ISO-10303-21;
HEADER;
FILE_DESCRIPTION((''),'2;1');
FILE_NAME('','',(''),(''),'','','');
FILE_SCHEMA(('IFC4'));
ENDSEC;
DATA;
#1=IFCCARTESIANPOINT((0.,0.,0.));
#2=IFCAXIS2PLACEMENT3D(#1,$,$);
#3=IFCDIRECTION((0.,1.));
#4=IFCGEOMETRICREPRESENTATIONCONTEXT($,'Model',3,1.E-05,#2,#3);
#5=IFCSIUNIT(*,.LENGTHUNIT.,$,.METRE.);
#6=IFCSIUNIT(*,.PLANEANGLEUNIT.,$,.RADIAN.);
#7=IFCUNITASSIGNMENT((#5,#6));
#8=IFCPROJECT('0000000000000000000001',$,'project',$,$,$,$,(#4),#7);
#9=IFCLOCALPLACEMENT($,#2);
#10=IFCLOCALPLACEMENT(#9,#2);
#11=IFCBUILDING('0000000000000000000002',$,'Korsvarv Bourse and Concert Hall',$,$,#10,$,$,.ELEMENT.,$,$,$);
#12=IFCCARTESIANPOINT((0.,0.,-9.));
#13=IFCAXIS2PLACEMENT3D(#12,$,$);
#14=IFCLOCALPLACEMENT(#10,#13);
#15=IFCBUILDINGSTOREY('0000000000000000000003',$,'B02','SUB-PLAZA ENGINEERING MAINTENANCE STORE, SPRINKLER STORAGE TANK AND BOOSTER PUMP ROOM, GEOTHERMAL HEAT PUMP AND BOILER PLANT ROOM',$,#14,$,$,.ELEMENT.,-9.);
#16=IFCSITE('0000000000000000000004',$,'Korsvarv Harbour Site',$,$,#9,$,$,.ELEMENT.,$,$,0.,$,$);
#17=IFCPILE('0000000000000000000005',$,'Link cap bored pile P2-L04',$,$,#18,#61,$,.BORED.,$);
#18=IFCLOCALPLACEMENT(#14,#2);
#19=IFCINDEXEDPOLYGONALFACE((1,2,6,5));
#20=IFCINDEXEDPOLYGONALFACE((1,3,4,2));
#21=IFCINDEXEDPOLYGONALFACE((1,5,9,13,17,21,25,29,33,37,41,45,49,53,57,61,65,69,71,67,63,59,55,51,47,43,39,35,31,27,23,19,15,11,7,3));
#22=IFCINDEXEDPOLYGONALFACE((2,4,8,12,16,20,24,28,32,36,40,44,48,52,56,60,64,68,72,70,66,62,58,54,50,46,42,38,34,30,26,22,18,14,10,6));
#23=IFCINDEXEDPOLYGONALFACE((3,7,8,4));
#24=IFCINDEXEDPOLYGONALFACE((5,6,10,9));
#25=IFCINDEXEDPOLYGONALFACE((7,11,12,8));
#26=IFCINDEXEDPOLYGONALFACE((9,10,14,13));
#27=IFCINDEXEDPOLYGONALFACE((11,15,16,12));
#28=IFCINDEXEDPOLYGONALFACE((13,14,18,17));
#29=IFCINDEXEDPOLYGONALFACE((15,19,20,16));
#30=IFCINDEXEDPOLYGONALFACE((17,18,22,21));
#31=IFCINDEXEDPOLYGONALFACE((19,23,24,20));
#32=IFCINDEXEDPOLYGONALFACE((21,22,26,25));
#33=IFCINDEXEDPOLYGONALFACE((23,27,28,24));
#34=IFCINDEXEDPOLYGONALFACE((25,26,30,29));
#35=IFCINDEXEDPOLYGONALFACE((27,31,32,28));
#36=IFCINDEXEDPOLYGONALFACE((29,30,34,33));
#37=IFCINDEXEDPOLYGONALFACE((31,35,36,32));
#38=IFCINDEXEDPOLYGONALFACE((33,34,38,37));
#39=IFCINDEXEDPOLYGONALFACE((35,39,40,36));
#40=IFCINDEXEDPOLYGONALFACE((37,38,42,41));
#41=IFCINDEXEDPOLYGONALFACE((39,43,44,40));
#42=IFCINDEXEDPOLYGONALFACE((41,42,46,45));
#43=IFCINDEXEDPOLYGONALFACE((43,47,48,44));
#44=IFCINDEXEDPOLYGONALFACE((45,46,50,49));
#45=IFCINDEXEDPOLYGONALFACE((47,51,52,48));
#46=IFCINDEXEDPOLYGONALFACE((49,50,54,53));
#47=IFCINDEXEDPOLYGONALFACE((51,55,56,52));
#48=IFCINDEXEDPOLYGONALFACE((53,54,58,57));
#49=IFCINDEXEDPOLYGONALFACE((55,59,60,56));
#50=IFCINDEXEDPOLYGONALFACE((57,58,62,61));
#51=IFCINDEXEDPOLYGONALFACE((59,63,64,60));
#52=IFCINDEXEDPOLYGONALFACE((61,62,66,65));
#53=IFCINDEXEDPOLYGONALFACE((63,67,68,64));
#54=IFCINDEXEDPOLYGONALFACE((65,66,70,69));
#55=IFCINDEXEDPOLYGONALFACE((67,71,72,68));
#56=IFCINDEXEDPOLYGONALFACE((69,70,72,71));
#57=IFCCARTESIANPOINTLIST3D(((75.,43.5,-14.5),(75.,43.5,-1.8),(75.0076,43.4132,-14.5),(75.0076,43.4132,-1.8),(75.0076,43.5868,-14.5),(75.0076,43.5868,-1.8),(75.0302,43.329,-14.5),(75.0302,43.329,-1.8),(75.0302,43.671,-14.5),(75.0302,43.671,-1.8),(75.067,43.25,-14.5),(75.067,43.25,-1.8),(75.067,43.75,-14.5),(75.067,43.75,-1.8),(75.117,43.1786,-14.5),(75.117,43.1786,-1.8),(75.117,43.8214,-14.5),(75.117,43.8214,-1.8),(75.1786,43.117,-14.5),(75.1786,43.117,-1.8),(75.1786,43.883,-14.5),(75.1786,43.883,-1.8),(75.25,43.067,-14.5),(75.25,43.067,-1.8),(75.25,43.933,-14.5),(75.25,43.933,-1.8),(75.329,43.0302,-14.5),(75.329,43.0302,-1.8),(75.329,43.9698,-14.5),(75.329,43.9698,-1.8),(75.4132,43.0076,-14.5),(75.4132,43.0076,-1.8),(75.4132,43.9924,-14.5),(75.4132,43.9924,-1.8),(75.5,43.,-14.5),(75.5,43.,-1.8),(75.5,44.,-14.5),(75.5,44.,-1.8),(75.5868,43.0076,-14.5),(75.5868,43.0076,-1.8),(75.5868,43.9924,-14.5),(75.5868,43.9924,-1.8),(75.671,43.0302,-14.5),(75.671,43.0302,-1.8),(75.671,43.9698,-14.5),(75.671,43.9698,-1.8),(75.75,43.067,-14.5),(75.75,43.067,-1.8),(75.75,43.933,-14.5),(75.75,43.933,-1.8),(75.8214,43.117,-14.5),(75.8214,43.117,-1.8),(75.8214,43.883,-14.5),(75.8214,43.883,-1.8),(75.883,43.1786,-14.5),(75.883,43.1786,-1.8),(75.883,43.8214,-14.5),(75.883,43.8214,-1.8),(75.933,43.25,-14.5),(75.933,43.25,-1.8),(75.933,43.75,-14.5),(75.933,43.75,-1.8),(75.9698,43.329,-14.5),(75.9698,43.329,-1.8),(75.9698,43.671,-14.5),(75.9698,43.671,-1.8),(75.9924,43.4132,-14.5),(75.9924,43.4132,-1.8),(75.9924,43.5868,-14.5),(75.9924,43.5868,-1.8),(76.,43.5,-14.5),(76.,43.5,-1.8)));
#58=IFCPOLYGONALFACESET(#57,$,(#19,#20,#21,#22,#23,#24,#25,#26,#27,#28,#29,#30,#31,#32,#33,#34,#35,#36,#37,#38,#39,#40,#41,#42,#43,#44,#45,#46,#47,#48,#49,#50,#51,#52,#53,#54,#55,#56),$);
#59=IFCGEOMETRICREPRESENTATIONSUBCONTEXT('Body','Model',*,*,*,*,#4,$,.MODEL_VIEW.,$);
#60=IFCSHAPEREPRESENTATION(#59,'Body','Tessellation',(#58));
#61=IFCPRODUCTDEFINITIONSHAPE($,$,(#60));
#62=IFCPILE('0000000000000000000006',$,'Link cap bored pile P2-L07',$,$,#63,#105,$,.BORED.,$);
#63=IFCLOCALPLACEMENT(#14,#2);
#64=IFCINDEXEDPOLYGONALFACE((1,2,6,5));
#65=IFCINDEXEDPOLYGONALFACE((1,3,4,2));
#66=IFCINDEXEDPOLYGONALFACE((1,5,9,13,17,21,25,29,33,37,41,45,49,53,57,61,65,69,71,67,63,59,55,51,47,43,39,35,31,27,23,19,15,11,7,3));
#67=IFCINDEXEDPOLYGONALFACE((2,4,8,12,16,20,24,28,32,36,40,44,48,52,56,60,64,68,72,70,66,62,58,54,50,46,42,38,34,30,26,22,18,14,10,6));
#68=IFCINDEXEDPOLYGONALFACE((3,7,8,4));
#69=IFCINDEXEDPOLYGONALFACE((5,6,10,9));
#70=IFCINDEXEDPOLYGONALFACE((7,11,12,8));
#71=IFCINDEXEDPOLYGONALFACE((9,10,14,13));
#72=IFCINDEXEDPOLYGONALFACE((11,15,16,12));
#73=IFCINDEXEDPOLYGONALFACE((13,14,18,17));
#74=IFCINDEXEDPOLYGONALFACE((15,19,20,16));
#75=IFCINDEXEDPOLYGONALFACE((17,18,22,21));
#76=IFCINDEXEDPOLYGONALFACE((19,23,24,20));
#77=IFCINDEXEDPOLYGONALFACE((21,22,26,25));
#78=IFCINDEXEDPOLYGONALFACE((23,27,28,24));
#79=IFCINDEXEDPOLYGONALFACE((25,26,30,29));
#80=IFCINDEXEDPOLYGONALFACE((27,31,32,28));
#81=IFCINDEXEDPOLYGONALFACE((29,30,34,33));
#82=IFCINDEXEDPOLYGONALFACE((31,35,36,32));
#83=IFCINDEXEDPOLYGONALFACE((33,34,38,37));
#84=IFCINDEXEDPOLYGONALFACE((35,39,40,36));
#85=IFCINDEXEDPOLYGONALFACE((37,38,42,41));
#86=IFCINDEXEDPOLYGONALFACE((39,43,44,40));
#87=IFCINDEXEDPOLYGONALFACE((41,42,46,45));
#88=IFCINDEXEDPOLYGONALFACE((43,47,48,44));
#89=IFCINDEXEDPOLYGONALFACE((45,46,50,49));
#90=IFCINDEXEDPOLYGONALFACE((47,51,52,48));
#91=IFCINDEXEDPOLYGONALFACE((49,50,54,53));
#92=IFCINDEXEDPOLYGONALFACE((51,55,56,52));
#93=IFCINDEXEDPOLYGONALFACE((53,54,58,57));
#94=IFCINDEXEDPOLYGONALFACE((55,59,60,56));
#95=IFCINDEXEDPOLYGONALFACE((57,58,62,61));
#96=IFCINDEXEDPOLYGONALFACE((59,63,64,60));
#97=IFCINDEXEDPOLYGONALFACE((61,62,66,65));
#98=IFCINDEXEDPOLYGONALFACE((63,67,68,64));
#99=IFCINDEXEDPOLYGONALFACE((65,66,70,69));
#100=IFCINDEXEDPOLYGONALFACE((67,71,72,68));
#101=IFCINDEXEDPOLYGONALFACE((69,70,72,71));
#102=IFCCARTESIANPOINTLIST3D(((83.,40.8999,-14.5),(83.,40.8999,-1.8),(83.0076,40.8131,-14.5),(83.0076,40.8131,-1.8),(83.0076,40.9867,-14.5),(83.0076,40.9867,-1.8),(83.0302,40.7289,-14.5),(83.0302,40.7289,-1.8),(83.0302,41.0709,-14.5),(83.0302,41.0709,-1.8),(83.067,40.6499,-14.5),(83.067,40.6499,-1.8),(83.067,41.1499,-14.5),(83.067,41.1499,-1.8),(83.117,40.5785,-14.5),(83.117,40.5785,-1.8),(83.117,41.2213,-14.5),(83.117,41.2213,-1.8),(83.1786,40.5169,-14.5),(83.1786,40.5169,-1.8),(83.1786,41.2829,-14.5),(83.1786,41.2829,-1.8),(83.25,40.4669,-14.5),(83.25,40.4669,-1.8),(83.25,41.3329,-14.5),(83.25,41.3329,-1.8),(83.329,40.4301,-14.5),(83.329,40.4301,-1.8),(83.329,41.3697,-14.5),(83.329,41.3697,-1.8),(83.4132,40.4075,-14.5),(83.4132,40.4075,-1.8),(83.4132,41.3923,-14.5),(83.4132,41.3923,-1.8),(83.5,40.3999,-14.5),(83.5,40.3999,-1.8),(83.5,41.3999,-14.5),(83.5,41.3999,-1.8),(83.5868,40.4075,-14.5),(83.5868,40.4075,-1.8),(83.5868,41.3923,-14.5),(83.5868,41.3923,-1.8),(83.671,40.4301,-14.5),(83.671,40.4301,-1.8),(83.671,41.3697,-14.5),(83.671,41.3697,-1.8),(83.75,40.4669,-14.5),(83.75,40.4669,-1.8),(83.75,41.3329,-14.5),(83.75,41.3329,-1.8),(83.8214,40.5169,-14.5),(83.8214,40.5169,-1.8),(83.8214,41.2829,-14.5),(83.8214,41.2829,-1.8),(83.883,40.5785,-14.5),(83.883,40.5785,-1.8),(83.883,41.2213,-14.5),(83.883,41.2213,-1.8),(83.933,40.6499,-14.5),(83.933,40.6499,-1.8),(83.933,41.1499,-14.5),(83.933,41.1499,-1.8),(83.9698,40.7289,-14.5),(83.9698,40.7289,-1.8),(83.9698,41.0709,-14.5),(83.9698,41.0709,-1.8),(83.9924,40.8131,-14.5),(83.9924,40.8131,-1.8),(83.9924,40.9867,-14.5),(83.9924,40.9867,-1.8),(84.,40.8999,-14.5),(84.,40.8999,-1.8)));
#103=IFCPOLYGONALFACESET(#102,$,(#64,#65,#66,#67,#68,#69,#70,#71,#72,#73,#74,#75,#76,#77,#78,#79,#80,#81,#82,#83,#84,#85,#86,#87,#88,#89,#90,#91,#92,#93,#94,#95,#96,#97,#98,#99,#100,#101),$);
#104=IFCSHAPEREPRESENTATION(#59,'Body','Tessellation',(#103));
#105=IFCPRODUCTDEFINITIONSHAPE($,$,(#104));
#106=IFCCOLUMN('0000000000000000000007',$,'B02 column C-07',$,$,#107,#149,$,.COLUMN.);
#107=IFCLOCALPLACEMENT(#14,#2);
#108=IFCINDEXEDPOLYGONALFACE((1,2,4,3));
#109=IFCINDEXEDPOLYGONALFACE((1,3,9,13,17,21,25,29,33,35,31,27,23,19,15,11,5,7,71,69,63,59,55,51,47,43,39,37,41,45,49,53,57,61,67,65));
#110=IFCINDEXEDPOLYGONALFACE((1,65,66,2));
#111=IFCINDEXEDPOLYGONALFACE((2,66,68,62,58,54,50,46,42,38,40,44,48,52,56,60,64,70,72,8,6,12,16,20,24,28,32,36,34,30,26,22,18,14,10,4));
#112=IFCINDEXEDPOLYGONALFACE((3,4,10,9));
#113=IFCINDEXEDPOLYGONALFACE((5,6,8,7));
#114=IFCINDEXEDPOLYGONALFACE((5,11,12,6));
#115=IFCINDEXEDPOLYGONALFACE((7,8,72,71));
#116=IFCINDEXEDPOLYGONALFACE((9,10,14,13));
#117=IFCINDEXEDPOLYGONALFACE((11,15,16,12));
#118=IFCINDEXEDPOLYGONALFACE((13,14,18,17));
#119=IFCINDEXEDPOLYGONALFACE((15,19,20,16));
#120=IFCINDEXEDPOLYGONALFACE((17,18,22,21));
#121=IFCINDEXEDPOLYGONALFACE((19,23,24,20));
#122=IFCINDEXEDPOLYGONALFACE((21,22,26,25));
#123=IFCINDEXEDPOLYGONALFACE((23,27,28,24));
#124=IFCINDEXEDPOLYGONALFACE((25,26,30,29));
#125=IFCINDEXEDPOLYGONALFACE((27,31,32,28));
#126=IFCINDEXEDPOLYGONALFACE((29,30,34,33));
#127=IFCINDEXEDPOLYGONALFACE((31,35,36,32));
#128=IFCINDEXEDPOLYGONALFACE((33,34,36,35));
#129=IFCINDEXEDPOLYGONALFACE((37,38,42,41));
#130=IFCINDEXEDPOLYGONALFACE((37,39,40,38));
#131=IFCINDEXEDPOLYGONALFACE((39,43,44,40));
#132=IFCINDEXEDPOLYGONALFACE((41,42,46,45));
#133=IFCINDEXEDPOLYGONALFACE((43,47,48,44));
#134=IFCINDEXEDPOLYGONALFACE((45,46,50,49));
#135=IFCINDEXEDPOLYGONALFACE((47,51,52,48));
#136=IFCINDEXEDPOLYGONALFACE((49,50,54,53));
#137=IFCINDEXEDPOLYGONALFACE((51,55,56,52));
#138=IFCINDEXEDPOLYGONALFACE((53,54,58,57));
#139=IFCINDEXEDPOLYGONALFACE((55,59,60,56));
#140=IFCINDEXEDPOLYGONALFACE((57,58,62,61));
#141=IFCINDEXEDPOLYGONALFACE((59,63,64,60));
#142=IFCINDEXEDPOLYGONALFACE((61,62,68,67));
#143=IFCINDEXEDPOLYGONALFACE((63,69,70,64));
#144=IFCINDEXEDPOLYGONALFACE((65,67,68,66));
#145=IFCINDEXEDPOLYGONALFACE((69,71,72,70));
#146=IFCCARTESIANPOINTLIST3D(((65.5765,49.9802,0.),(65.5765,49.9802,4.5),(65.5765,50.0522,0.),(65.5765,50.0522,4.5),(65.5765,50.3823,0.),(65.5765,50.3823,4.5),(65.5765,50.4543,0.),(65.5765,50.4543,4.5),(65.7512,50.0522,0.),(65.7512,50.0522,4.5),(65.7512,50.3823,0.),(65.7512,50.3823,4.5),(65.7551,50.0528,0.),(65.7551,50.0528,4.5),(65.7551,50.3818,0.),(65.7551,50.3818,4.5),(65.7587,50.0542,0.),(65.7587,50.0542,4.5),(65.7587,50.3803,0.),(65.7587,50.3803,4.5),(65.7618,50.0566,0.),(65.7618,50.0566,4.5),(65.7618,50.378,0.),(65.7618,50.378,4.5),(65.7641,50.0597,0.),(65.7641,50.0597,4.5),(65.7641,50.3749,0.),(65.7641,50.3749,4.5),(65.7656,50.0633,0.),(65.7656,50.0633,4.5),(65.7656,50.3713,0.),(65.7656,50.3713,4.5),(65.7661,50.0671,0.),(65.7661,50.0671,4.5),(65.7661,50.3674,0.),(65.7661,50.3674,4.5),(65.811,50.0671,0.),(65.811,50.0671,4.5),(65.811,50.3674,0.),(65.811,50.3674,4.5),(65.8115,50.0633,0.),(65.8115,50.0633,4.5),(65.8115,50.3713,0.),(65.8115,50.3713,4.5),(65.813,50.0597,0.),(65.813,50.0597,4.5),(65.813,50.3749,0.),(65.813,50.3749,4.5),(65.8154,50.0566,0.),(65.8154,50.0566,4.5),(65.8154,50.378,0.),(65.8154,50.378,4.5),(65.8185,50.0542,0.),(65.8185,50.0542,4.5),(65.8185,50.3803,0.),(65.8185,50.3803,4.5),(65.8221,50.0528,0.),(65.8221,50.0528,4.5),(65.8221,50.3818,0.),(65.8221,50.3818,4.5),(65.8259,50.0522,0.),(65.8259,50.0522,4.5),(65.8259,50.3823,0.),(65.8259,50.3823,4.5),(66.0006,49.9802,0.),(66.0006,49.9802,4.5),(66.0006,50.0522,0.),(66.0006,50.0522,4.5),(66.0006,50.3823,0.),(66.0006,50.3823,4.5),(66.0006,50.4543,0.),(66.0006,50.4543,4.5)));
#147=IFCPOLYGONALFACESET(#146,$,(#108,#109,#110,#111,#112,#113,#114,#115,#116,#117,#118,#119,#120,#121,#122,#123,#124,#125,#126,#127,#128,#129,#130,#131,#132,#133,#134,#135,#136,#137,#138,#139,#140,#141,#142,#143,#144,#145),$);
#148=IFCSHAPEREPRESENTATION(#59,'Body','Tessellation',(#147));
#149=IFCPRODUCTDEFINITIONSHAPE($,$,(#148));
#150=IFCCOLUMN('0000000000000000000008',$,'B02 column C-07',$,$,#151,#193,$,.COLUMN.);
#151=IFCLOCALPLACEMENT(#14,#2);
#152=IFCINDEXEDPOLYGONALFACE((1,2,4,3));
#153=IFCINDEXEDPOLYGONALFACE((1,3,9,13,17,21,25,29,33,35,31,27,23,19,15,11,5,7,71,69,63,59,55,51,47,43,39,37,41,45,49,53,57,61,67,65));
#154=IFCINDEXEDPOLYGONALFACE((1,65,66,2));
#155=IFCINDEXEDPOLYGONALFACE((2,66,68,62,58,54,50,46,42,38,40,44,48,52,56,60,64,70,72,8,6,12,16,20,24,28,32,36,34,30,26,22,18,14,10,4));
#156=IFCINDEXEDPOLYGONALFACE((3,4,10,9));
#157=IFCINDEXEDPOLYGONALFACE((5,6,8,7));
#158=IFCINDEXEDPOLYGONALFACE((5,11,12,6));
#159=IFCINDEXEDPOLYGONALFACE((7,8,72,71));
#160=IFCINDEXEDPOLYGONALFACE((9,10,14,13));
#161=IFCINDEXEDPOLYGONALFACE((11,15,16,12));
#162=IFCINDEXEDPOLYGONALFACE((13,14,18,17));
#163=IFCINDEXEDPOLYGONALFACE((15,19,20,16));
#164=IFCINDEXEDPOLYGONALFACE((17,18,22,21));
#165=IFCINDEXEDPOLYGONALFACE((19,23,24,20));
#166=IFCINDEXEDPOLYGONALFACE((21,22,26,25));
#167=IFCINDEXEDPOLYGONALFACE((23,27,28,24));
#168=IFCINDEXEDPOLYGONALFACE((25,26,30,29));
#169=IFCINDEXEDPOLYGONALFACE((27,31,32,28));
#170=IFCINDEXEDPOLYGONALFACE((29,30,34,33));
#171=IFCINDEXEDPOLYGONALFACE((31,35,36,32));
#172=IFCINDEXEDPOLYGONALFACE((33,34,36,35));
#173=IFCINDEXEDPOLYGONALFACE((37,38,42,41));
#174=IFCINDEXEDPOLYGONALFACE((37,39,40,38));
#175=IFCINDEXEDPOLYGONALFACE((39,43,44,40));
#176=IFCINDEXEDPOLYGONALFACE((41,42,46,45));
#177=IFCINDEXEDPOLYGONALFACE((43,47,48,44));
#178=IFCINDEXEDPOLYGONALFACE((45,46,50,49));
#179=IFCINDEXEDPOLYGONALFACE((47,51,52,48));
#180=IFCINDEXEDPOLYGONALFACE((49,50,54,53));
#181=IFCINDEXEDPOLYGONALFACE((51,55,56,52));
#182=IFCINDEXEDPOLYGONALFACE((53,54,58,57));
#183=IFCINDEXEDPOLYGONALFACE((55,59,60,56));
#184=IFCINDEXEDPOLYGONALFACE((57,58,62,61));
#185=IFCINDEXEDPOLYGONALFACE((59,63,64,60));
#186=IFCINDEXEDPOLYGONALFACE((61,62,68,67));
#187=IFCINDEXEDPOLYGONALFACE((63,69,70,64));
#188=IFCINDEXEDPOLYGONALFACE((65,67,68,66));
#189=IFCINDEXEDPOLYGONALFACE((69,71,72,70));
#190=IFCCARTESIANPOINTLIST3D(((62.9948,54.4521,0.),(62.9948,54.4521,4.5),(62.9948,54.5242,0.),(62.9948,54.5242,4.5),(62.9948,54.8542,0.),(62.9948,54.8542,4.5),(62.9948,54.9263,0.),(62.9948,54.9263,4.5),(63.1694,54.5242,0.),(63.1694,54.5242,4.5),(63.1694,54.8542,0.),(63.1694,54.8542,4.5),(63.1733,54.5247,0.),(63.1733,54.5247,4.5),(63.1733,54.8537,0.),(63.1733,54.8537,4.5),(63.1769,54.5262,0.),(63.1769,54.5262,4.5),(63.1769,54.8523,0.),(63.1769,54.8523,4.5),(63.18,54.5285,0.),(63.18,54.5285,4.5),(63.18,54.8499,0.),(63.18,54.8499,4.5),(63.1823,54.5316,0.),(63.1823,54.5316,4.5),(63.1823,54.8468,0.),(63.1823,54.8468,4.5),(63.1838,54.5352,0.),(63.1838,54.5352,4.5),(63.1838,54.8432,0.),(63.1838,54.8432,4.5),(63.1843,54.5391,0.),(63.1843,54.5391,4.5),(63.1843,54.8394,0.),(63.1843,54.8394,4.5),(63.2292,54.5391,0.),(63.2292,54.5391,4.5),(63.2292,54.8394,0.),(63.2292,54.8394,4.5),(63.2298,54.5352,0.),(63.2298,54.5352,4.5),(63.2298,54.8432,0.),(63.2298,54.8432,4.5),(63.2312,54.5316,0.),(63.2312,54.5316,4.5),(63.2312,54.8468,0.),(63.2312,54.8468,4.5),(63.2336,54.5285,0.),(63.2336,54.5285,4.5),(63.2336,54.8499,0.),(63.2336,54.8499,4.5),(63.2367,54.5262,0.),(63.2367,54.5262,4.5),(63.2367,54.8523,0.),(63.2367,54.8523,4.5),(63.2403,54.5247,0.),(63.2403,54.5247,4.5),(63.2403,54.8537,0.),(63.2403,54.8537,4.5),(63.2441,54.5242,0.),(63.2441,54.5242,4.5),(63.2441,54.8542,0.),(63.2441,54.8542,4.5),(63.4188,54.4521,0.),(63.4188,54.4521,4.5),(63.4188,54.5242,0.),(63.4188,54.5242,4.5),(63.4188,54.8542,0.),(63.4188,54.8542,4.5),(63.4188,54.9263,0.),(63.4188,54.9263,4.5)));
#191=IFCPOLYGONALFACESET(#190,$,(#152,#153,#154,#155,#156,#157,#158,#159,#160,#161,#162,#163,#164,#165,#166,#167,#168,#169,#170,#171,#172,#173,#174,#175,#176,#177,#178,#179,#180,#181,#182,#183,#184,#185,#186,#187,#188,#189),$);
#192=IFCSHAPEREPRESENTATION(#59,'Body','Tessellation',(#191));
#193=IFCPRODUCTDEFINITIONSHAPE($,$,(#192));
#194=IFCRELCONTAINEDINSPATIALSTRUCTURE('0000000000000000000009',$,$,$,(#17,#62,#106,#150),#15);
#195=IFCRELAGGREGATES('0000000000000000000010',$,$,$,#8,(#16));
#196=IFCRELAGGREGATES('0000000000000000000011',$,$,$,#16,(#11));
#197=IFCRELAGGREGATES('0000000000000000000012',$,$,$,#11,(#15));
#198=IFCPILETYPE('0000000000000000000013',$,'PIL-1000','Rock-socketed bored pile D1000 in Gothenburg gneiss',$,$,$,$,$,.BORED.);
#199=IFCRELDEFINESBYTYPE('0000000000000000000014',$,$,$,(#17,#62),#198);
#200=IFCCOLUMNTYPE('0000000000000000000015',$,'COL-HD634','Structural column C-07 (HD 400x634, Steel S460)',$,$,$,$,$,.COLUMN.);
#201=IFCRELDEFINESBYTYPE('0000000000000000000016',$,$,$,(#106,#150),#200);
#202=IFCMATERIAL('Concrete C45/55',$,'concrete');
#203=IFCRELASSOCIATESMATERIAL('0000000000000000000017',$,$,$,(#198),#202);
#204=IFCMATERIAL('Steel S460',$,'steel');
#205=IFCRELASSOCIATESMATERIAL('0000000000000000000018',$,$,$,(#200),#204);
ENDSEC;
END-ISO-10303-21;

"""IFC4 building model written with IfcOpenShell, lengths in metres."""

from ifc_helpers import new_model, si_unit, direction, frame, origin, origin_2d, place, context, subcontext, project, spatial, circle, i_section, extrude, source, transform, mapped, material, material_profile, profile_set, type_object, element, save


model = new_model("IFC4")

# Units and contexts
model_context = context("Model", 3, precision=1e-05, world=origin(), true_north=direction((0.0, 1.0)))
body_context = subcontext(model_context, "Body", "Model", "MODEL_VIEW")
ifc_project = project(units=[si_unit("LENGTHUNIT", "METRE"), si_unit("PLANEANGLEUNIT", "RADIAN")], contexts=[model_context])

# Site, building, storey
site_placement = place(None, origin())
site = spatial("IfcSite", under=ifc_project, at=site_placement, Name="Korsvarv Harbour Site", CompositionType="ELEMENT", RefElevation=0.0)
building_placement = place(site_placement, origin())
building = spatial("IfcBuilding", under=site, at=building_placement, Name="Korsvarv Bourse and Concert Hall", CompositionType="ELEMENT")
storey_placement = place(building_placement, frame((0.0, 0.0, -9.0)))
storey = spatial("IfcBuildingStorey", under=building, at=storey_placement, Name="B02", Description="SUB-PLAZA ENGINEERING MAINTENANCE STORE, SPRINKLER STORAGE TANK AND BOOSTER PUMP ROOM, GEOTHERMAL HEAT PUMP AND BOILER PLANT ROOM", CompositionType="ELEMENT", Elevation=-9.0)

# Shared definitions
ifc_material_1 = material(Name="Concrete C45/55", Category="concrete")

# Piles
ifc_material_profile_1 = material_profile(ifc_material_1, circle(Radius=0.5, at=origin_2d()), Name="PILE D1000")
ifc_profile_set_1 = profile_set([ifc_material_profile_1], Name="Concrete C45/55")
pile_type_1 = type_object("IfcPileType", Name="PIL-1000", Description="Rock-socketed bored pile D1000 in Gothenburg gneiss", PredefinedType="BORED", material=ifc_profile_set_1)
shared_shape_1 = source(origin(), body_context, "Body", "SweptSolid", [
    extrude(circle(Radius=0.5, at=origin_2d()), origin(), (0.0, 0.0, 1.0), 12.7),
])
for number, where, z_axis, x_axis, name in (
    (1, (75.5, 43.5, -1.8), (0.0, 0.0, -1.0), (1.0, 0.0, 0.0), "Link cap bored pile P2-L04"),
    (2, (83.5, 40.8999, -1.8), (0.0, 0.0, -1.0), (1.0, 0.0, 0.0), "Link cap bored pile P2-L07"),
):
    element("IfcPile", number, at=place(storey_placement, frame(where, z_axis=z_axis, x_axis=x_axis)), inside=storey, type_object=pile_type_1, Name=name, PredefinedType="BORED", context=body_context, shape_type="MappedRepresentation", body=[
        mapped(shared_shape_1, transform((0.0, 0.0, 0.0), scale=1.0)),
    ])

# Columns
ifc_material_2 = material(Name="Steel S460", Category="steel")
ifc_material_profile_2 = material_profile(ifc_material_2, i_section(OverallWidth=0.4241, OverallDepth=0.4741, WebThickness=0.0449, FlangeThickness=0.072, FilletRadius=0.0149, at=origin_2d()), Name="HD 400x634")
ifc_profile_set_2 = profile_set([ifc_material_profile_2], Name="Steel S460")
column_type_1 = type_object("IfcColumnType", Name="COL-HD634", Description="Structural column C-07 (HD 400x634, Steel S460)", PredefinedType="COLUMN", material=ifc_profile_set_2)
shared_shape_2 = source(origin(), body_context, "Body", "SweptSolid", [
    extrude(i_section(OverallWidth=0.4241, OverallDepth=0.4741, WebThickness=0.0449, FlangeThickness=0.072, FilletRadius=0.0149, at=origin_2d()), origin(), (0.0, 0.0, 1.0), 4.5),
])
for number, where, z_axis, x_axis, name in (
    (3, (65.7886, 50.2173, 0.0), (0.0, 0.0, 1.0), (1.0, 0.0, 0.0), "B02 column C-07"),
    (4, (63.2068, 54.6892, 0.0), (0.0, 0.0, 1.0), (1.0, 0.0, 0.0), "B02 column C-07"),
):
    element("IfcColumn", number, at=place(storey_placement, frame(where, z_axis=z_axis, x_axis=x_axis)), inside=storey, type_object=column_type_1, Name=name, PredefinedType="COLUMN", context=body_context, shape_type="MappedRepresentation", body=[
        mapped(shared_shape_2, transform((0.0, 0.0, 0.0), scale=1.0)),
    ])

save(model, "model.ifc")
